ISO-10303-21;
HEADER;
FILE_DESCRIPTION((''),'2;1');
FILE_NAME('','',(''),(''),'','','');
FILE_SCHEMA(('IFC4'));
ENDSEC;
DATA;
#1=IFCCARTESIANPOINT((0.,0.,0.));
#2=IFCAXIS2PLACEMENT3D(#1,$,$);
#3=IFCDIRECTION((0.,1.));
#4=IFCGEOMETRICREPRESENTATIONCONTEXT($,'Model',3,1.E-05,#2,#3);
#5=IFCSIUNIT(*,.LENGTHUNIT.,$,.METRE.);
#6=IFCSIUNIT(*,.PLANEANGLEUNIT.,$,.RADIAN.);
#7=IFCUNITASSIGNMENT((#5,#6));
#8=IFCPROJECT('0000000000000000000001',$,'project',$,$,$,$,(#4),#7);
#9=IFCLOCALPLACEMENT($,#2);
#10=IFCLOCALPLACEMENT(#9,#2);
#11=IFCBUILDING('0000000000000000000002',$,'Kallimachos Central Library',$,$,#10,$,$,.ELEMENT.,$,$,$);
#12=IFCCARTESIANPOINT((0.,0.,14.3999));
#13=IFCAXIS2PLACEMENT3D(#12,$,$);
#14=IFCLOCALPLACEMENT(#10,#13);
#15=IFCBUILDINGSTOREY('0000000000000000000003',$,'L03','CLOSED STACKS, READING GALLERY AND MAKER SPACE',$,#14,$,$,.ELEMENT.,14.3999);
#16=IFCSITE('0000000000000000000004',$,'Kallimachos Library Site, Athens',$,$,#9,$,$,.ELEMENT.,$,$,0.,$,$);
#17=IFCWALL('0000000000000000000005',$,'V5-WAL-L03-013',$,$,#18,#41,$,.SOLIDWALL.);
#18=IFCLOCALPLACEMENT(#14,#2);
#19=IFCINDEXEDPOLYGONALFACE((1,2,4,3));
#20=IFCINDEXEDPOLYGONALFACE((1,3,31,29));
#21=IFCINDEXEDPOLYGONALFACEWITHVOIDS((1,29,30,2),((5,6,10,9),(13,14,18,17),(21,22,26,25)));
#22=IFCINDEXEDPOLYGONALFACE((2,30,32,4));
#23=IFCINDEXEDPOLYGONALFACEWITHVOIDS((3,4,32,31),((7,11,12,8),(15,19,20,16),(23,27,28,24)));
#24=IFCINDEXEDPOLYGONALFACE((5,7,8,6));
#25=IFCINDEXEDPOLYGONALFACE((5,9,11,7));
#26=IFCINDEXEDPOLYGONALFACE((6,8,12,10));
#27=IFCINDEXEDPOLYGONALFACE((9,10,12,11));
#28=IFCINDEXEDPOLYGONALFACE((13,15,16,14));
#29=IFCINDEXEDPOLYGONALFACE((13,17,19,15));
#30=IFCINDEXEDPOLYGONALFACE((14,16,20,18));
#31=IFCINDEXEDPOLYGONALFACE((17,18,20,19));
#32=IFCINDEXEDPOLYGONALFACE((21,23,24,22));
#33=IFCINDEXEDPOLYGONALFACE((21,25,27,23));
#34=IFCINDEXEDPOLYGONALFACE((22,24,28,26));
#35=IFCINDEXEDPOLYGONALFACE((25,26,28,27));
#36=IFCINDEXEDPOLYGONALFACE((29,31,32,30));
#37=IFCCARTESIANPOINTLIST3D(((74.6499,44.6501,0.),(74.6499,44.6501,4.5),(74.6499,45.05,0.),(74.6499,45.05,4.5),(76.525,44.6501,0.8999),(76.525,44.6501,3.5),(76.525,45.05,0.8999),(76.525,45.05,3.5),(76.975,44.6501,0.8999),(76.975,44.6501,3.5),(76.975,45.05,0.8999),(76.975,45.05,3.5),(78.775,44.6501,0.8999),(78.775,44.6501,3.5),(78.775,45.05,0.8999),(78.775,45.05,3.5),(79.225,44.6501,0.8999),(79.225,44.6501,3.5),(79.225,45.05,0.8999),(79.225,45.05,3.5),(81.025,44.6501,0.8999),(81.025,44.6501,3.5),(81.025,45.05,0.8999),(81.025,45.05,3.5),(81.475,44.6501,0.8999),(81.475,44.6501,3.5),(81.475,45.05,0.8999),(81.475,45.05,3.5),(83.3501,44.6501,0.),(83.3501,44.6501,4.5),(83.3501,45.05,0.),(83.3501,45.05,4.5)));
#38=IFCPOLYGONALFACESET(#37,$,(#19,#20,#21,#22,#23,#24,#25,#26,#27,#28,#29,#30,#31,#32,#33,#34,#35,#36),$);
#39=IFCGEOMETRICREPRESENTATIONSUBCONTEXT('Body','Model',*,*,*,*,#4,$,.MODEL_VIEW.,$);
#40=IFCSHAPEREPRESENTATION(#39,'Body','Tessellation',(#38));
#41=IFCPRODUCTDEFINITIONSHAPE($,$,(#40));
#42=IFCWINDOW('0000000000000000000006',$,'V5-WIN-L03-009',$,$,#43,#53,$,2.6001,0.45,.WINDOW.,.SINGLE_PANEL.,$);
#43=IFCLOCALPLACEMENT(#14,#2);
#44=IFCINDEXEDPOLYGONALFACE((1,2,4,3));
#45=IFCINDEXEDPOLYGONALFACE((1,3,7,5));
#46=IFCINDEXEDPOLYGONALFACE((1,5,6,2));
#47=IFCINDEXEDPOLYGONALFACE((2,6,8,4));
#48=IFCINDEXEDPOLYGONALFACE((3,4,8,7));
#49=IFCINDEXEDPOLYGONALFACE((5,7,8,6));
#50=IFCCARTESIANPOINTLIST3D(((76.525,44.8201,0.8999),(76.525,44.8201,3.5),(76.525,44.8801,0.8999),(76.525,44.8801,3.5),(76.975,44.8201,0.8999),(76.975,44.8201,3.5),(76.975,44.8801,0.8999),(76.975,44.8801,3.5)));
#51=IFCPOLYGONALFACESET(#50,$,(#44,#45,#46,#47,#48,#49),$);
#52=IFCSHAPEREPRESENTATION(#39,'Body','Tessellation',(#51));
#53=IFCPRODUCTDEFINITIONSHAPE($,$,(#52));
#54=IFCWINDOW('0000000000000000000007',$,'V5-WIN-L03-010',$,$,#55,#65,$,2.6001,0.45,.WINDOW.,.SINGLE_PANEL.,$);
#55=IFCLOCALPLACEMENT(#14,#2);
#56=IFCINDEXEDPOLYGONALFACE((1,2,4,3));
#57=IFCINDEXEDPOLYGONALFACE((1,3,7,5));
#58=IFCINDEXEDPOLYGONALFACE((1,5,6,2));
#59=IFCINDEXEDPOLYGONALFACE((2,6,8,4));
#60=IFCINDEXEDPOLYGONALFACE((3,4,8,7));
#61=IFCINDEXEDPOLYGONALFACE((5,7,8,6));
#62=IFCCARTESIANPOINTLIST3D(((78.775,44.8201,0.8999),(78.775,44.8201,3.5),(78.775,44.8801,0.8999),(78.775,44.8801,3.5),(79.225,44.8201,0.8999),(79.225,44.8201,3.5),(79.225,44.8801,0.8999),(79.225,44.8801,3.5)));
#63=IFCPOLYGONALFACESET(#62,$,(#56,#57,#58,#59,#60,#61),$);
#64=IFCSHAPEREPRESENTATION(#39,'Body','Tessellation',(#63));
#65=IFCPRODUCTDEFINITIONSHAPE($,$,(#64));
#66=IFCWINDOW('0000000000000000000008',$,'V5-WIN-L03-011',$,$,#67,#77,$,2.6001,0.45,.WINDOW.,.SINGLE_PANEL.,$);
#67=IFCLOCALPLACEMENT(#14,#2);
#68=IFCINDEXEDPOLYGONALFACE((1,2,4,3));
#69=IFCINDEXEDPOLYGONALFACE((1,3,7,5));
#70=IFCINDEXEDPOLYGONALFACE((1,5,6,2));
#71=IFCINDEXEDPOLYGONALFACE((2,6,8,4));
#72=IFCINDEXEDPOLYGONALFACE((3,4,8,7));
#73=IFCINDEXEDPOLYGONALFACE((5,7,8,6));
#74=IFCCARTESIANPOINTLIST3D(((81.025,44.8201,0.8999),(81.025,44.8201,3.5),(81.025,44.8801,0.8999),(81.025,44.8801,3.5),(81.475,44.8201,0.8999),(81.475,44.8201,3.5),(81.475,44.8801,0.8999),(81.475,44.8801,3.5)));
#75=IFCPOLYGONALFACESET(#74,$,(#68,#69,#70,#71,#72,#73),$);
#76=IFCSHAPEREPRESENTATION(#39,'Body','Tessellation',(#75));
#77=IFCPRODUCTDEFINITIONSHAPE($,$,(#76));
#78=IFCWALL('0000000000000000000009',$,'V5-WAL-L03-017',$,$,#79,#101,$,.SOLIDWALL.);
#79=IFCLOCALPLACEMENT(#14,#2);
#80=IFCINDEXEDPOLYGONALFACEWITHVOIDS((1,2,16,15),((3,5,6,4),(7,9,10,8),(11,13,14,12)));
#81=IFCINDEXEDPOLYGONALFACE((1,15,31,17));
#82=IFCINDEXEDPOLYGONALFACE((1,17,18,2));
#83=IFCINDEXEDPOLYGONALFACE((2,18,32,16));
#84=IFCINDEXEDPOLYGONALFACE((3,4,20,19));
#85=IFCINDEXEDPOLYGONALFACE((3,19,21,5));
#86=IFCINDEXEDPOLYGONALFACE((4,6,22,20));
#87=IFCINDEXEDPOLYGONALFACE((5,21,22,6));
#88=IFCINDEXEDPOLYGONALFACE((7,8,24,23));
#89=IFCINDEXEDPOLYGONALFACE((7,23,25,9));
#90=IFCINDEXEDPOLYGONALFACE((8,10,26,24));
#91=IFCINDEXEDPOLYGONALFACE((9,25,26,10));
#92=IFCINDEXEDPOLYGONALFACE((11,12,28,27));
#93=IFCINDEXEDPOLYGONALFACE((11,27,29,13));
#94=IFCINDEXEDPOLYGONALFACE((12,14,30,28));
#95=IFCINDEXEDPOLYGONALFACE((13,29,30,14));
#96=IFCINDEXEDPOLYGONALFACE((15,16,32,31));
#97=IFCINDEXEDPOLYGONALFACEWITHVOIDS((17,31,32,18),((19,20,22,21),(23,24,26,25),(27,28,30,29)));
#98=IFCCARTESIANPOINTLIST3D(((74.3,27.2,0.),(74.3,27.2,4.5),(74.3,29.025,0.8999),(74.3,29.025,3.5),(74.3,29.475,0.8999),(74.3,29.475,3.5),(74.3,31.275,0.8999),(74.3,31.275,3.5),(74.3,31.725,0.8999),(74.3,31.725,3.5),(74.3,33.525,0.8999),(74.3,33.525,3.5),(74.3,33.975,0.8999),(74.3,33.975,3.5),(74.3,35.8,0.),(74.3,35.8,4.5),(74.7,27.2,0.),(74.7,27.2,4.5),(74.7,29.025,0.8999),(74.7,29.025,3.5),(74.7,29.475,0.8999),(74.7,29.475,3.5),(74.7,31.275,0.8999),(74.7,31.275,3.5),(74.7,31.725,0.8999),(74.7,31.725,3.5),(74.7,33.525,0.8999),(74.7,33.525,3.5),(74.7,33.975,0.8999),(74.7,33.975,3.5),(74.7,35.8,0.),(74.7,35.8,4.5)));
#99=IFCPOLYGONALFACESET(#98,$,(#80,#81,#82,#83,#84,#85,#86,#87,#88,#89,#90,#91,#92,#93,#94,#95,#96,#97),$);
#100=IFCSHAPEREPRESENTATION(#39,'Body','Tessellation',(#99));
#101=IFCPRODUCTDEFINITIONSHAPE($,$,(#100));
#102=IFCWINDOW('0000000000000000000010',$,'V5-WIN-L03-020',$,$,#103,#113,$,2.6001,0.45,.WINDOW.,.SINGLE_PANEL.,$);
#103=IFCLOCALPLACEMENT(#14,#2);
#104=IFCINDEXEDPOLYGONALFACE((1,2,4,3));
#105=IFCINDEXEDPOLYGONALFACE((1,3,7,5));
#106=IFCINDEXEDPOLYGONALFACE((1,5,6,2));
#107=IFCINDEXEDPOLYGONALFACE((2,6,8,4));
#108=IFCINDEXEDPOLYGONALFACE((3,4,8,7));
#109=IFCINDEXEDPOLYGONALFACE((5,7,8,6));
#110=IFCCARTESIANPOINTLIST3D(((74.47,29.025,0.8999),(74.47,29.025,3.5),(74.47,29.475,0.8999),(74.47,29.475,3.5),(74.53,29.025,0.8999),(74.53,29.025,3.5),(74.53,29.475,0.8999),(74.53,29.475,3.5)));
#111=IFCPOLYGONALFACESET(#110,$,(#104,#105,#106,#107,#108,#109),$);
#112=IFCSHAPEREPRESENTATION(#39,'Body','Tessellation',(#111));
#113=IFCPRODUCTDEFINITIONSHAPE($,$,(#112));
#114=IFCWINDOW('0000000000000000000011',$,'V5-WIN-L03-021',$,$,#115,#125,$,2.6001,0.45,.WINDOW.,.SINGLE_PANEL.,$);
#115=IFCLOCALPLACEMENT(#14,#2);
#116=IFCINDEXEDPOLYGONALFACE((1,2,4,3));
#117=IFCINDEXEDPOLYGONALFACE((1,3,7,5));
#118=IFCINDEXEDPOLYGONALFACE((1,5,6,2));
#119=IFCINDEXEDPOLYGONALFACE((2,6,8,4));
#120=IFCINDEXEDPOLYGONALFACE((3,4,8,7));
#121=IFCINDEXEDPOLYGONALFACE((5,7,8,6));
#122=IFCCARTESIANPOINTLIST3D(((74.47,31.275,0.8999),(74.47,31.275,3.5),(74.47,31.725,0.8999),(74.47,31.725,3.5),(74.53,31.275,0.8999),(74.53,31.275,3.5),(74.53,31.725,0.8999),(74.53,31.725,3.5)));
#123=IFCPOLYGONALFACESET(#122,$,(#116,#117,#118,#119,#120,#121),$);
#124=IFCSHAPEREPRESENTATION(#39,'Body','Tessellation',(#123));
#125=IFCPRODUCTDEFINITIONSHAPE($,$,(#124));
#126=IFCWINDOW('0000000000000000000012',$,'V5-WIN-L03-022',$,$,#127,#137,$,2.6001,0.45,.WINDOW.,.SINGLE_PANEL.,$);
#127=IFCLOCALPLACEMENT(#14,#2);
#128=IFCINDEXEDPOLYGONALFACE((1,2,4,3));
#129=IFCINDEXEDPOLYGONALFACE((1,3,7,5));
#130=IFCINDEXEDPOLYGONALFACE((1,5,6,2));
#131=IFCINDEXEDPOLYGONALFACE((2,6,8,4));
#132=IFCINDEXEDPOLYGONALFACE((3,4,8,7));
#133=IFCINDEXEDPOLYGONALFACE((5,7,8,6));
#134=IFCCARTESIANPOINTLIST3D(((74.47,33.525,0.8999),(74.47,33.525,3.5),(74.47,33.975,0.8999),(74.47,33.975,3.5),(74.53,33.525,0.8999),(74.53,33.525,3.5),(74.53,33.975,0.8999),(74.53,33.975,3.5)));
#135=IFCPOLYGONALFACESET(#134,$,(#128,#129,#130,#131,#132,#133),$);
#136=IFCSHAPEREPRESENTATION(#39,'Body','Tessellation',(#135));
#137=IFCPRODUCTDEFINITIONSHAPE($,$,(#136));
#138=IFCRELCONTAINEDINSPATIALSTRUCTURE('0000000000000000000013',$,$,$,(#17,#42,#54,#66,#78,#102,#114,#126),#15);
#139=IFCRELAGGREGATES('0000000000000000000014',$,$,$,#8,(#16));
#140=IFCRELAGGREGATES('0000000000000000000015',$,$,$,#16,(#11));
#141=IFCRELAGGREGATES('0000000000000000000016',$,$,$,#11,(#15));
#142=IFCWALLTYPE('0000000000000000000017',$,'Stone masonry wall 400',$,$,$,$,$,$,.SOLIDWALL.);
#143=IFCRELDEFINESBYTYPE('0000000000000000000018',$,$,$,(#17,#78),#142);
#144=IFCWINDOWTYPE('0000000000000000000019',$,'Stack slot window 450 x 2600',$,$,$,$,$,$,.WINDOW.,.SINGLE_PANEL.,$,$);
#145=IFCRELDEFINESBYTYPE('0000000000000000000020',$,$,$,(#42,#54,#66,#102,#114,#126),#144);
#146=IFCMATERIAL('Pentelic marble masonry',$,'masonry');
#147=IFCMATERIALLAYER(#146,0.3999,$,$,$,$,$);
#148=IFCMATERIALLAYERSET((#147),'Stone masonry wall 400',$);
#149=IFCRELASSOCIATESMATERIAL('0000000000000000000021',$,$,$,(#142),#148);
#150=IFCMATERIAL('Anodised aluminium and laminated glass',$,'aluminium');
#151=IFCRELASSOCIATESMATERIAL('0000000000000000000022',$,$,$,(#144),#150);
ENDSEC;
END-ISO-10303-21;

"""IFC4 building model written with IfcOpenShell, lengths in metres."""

from ifc_helpers import new_model, si_unit, direction, frame, frame_2d, origin, place, context, subcontext, project, spatial, rectangle, extrude, material, layer, layer_set, type_object, element, fill, save


model = new_model("IFC4")

# Units and contexts
model_context = context("Model", 3, precision=1e-05, world=origin(), true_north=direction((0.0, 1.0)))
body_context = subcontext(model_context, "Body", "Model", "MODEL_VIEW")
ifc_project = project(units=[si_unit("LENGTHUNIT", "METRE"), si_unit("PLANEANGLEUNIT", "RADIAN")], contexts=[model_context])

# Site, building, storey
site_placement = place(None, origin())
site = spatial("IfcSite", under=ifc_project, at=site_placement, Name="Kallimachos Library Site, Athens", CompositionType="ELEMENT", RefElevation=0.0)
building_placement = place(site_placement, origin())
building = spatial("IfcBuilding", under=site, at=building_placement, Name="Kallimachos Central Library", CompositionType="ELEMENT")
storey_placement = place(building_placement, frame((0.0, 0.0, 14.3999)))
storey = spatial("IfcBuildingStorey", under=building, at=storey_placement, Name="L03", Description="CLOSED STACKS, READING GALLERY AND MAKER SPACE", CompositionType="ELEMENT", Elevation=14.3999)

# Walls, openings, windows
ifc_material_1 = material(Name="Pentelic marble masonry", Category="masonry")
ifc_layer_1 = layer(ifc_material_1, 0.3999)
ifc_layer_set_1 = layer_set([ifc_layer_1], Name="Stone masonry wall 400")
wall_type_1 = type_object("IfcWallType", Name="Stone masonry wall 400", PredefinedType="SOLIDWALL", material=ifc_layer_set_1)
wall_1_placement = place(storey_placement, frame((74.6499, 44.8501, 0.0), z_axis=(0.0, 0.0, 1.0), x_axis=(1.0, 0.0, 0.0)))
wall_1 = element("IfcWall", 1, at=wall_1_placement, inside=storey, type_object=wall_type_1, Name="V5-WAL-L03-013", PredefinedType="SOLIDWALL", context=body_context, shape_type="SweptSolid", body=[
    extrude(rectangle(XDim=8.7002, YDim=0.3999, at=frame_2d((4.3501, 0.0))), origin(), (0.0, 0.0, 1.0), 4.5),
])
opening_1_placement = place(wall_1_placement, frame((1.875, 0.0, 0.8999)))
opening_1 = element("IfcOpeningElement", 2, at=opening_1_placement, cuts=wall_1, PredefinedType="OPENING", context=body_context, shape_type="SweptSolid", body=[
    extrude(rectangle(XDim=0.45, YDim=2.6001, at=frame_2d((0.2251, 1.3))), frame((0.0, 0.21, 0.0), z_axis=(0.0, -1.0, 0.0), x_axis=(1.0, 0.0, 0.0)), (0.0, 0.0, 1.0), 0.4199),
])
opening_2_placement = place(wall_1_placement, frame((4.125, 0.0, 0.8999)))
opening_2 = element("IfcOpeningElement", 3, at=opening_2_placement, cuts=wall_1, PredefinedType="OPENING", context=body_context, shape_type="SweptSolid", body=[
    extrude(rectangle(XDim=0.45, YDim=2.6001, at=frame_2d((0.2251, 1.3))), frame((0.0, 0.21, 0.0), z_axis=(0.0, -1.0, 0.0), x_axis=(1.0, 0.0, 0.0)), (0.0, 0.0, 1.0), 0.4199),
])
opening_3_placement = place(wall_1_placement, frame((6.375, 0.0, 0.8999)))
opening_3 = element("IfcOpeningElement", 4, at=opening_3_placement, cuts=wall_1, PredefinedType="OPENING", context=body_context, shape_type="SweptSolid", body=[
    extrude(rectangle(XDim=0.45, YDim=2.6001, at=frame_2d((0.2251, 1.3))), frame((0.0, 0.21, 0.0), z_axis=(0.0, -1.0, 0.0), x_axis=(1.0, 0.0, 0.0)), (0.0, 0.0, 1.0), 0.4199),
])
ifc_material_2 = material(Name="Anodised aluminium and laminated glass", Category="aluminium")
window_type = type_object("IfcWindowType", Name="Stack slot window 450 x 2600", PartitioningType="SINGLE_PANEL", PredefinedType="WINDOW", material=ifc_material_2)
window_1_placement = place(opening_1_placement, origin())
window_1 = element("IfcWindow", 5, at=window_1_placement, inside=storey, type_object=window_type, Name="V5-WIN-L03-009", OverallHeight=2.6001, OverallWidth=0.45, PartitioningType="SINGLE_PANEL", PredefinedType="WINDOW", context=body_context, shape_type="SweptSolid", body=[
    extrude(rectangle(XDim=0.45, YDim=2.6001, at=frame_2d((0.2251, 1.3))), frame((0.0, 0.03, 0.0), z_axis=(0.0, -1.0, 0.0), x_axis=(1.0, 0.0, 0.0)), (0.0, 0.0, 1.0), 0.0601),
])
fill(opening_1, window_1)
window_2_placement = place(opening_2_placement, origin())
window_2 = element("IfcWindow", 6, at=window_2_placement, inside=storey, type_object=window_type, Name="V5-WIN-L03-010", OverallHeight=2.6001, OverallWidth=0.45, PartitioningType="SINGLE_PANEL", PredefinedType="WINDOW", context=body_context, shape_type="SweptSolid", body=[
    extrude(rectangle(XDim=0.45, YDim=2.6001, at=frame_2d((0.2251, 1.3))), frame((0.0, 0.03, 0.0), z_axis=(0.0, -1.0, 0.0), x_axis=(1.0, 0.0, 0.0)), (0.0, 0.0, 1.0), 0.0601),
])
fill(opening_2, window_2)
window_3_placement = place(opening_3_placement, origin())
window_3 = element("IfcWindow", 7, at=window_3_placement, inside=storey, type_object=window_type, Name="V5-WIN-L03-011", OverallHeight=2.6001, OverallWidth=0.45, PartitioningType="SINGLE_PANEL", PredefinedType="WINDOW", context=body_context, shape_type="SweptSolid", body=[
    extrude(rectangle(XDim=0.45, YDim=2.6001, at=frame_2d((0.2251, 1.3))), frame((0.0, 0.03, 0.0), z_axis=(0.0, -1.0, 0.0), x_axis=(1.0, 0.0, 0.0)), (0.0, 0.0, 1.0), 0.0601),
])
fill(opening_3, window_3)
wall_2_placement = place(storey_placement, frame((74.5, 27.2, 0.0), z_axis=(0.0, 0.0, 1.0), x_axis=(0.0, 1.0, 0.0)))
wall_2 = element("IfcWall", 8, at=wall_2_placement, inside=storey, type_object=wall_type_1, Name="V5-WAL-L03-017", PredefinedType="SOLIDWALL", context=body_context, shape_type="SweptSolid", body=[
    extrude(rectangle(XDim=8.6001, YDim=0.3999, at=frame_2d((4.3, 0.0))), origin(), (0.0, 0.0, 1.0), 4.5),
])
opening_4_placement = place(wall_2_placement, frame((1.825, 0.0, 0.8999)))
opening_4 = element("IfcOpeningElement", 9, at=opening_4_placement, cuts=wall_2, PredefinedType="OPENING", context=body_context, shape_type="SweptSolid", body=[
    extrude(rectangle(XDim=0.45, YDim=2.6001, at=frame_2d((0.2251, 1.3))), frame((0.0, 0.21, 0.0), z_axis=(0.0, -1.0, 0.0), x_axis=(1.0, 0.0, 0.0)), (0.0, 0.0, 1.0), 0.4199),
])
opening_5_placement = place(wall_2_placement, frame((4.075, 0.0, 0.8999)))
opening_5 = element("IfcOpeningElement", 10, at=opening_5_placement, cuts=wall_2, PredefinedType="OPENING", context=body_context, shape_type="SweptSolid", body=[
    extrude(rectangle(XDim=0.45, YDim=2.6001, at=frame_2d((0.2251, 1.3))), frame((0.0, 0.21, 0.0), z_axis=(0.0, -1.0, 0.0), x_axis=(1.0, 0.0, 0.0)), (0.0, 0.0, 1.0), 0.4199),
])
opening_6_placement = place(wall_2_placement, frame((6.325, 0.0, 0.8999)))
opening_6 = element("IfcOpeningElement", 11, at=opening_6_placement, cuts=wall_2, PredefinedType="OPENING", context=body_context, shape_type="SweptSolid", body=[
    extrude(rectangle(XDim=0.45, YDim=2.6001, at=frame_2d((0.2251, 1.3))), frame((0.0, 0.21, 0.0), z_axis=(0.0, -1.0, 0.0), x_axis=(1.0, 0.0, 0.0)), (0.0, 0.0, 1.0), 0.4199),
])
window_4_placement = place(opening_4_placement, origin())
window_4 = element("IfcWindow", 12, at=window_4_placement, inside=storey, type_object=window_type, Name="V5-WIN-L03-020", OverallHeight=2.6001, OverallWidth=0.45, PartitioningType="SINGLE_PANEL", PredefinedType="WINDOW", context=body_context, shape_type="SweptSolid", body=[
    extrude(rectangle(XDim=0.45, YDim=2.6001, at=frame_2d((0.2251, 1.3))), frame((0.0, 0.03, 0.0), z_axis=(0.0, -1.0, 0.0), x_axis=(1.0, 0.0, 0.0)), (0.0, 0.0, 1.0), 0.0601),
])
fill(opening_4, window_4)
window_5_placement = place(opening_5_placement, origin())
window_5 = element("IfcWindow", 13, at=window_5_placement, inside=storey, type_object=window_type, Name="V5-WIN-L03-021", OverallHeight=2.6001, OverallWidth=0.45, PartitioningType="SINGLE_PANEL", PredefinedType="WINDOW", context=body_context, shape_type="SweptSolid", body=[
    extrude(rectangle(XDim=0.45, YDim=2.6001, at=frame_2d((0.2251, 1.3))), frame((0.0, 0.03, 0.0), z_axis=(0.0, -1.0, 0.0), x_axis=(1.0, 0.0, 0.0)), (0.0, 0.0, 1.0), 0.0601),
])
fill(opening_5, window_5)
window_6_placement = place(opening_6_placement, origin())
window_6 = element("IfcWindow", 14, at=window_6_placement, inside=storey, type_object=window_type, Name="V5-WIN-L03-022", OverallHeight=2.6001, OverallWidth=0.45, PartitioningType="SINGLE_PANEL", PredefinedType="WINDOW", context=body_context, shape_type="SweptSolid", body=[
    extrude(rectangle(XDim=0.45, YDim=2.6001, at=frame_2d((0.2251, 1.3))), frame((0.0, 0.03, 0.0), z_axis=(0.0, -1.0, 0.0), x_axis=(1.0, 0.0, 0.0)), (0.0, 0.0, 1.0), 0.0601),
])
fill(opening_6, window_6)

save(model, "model.ifc")
